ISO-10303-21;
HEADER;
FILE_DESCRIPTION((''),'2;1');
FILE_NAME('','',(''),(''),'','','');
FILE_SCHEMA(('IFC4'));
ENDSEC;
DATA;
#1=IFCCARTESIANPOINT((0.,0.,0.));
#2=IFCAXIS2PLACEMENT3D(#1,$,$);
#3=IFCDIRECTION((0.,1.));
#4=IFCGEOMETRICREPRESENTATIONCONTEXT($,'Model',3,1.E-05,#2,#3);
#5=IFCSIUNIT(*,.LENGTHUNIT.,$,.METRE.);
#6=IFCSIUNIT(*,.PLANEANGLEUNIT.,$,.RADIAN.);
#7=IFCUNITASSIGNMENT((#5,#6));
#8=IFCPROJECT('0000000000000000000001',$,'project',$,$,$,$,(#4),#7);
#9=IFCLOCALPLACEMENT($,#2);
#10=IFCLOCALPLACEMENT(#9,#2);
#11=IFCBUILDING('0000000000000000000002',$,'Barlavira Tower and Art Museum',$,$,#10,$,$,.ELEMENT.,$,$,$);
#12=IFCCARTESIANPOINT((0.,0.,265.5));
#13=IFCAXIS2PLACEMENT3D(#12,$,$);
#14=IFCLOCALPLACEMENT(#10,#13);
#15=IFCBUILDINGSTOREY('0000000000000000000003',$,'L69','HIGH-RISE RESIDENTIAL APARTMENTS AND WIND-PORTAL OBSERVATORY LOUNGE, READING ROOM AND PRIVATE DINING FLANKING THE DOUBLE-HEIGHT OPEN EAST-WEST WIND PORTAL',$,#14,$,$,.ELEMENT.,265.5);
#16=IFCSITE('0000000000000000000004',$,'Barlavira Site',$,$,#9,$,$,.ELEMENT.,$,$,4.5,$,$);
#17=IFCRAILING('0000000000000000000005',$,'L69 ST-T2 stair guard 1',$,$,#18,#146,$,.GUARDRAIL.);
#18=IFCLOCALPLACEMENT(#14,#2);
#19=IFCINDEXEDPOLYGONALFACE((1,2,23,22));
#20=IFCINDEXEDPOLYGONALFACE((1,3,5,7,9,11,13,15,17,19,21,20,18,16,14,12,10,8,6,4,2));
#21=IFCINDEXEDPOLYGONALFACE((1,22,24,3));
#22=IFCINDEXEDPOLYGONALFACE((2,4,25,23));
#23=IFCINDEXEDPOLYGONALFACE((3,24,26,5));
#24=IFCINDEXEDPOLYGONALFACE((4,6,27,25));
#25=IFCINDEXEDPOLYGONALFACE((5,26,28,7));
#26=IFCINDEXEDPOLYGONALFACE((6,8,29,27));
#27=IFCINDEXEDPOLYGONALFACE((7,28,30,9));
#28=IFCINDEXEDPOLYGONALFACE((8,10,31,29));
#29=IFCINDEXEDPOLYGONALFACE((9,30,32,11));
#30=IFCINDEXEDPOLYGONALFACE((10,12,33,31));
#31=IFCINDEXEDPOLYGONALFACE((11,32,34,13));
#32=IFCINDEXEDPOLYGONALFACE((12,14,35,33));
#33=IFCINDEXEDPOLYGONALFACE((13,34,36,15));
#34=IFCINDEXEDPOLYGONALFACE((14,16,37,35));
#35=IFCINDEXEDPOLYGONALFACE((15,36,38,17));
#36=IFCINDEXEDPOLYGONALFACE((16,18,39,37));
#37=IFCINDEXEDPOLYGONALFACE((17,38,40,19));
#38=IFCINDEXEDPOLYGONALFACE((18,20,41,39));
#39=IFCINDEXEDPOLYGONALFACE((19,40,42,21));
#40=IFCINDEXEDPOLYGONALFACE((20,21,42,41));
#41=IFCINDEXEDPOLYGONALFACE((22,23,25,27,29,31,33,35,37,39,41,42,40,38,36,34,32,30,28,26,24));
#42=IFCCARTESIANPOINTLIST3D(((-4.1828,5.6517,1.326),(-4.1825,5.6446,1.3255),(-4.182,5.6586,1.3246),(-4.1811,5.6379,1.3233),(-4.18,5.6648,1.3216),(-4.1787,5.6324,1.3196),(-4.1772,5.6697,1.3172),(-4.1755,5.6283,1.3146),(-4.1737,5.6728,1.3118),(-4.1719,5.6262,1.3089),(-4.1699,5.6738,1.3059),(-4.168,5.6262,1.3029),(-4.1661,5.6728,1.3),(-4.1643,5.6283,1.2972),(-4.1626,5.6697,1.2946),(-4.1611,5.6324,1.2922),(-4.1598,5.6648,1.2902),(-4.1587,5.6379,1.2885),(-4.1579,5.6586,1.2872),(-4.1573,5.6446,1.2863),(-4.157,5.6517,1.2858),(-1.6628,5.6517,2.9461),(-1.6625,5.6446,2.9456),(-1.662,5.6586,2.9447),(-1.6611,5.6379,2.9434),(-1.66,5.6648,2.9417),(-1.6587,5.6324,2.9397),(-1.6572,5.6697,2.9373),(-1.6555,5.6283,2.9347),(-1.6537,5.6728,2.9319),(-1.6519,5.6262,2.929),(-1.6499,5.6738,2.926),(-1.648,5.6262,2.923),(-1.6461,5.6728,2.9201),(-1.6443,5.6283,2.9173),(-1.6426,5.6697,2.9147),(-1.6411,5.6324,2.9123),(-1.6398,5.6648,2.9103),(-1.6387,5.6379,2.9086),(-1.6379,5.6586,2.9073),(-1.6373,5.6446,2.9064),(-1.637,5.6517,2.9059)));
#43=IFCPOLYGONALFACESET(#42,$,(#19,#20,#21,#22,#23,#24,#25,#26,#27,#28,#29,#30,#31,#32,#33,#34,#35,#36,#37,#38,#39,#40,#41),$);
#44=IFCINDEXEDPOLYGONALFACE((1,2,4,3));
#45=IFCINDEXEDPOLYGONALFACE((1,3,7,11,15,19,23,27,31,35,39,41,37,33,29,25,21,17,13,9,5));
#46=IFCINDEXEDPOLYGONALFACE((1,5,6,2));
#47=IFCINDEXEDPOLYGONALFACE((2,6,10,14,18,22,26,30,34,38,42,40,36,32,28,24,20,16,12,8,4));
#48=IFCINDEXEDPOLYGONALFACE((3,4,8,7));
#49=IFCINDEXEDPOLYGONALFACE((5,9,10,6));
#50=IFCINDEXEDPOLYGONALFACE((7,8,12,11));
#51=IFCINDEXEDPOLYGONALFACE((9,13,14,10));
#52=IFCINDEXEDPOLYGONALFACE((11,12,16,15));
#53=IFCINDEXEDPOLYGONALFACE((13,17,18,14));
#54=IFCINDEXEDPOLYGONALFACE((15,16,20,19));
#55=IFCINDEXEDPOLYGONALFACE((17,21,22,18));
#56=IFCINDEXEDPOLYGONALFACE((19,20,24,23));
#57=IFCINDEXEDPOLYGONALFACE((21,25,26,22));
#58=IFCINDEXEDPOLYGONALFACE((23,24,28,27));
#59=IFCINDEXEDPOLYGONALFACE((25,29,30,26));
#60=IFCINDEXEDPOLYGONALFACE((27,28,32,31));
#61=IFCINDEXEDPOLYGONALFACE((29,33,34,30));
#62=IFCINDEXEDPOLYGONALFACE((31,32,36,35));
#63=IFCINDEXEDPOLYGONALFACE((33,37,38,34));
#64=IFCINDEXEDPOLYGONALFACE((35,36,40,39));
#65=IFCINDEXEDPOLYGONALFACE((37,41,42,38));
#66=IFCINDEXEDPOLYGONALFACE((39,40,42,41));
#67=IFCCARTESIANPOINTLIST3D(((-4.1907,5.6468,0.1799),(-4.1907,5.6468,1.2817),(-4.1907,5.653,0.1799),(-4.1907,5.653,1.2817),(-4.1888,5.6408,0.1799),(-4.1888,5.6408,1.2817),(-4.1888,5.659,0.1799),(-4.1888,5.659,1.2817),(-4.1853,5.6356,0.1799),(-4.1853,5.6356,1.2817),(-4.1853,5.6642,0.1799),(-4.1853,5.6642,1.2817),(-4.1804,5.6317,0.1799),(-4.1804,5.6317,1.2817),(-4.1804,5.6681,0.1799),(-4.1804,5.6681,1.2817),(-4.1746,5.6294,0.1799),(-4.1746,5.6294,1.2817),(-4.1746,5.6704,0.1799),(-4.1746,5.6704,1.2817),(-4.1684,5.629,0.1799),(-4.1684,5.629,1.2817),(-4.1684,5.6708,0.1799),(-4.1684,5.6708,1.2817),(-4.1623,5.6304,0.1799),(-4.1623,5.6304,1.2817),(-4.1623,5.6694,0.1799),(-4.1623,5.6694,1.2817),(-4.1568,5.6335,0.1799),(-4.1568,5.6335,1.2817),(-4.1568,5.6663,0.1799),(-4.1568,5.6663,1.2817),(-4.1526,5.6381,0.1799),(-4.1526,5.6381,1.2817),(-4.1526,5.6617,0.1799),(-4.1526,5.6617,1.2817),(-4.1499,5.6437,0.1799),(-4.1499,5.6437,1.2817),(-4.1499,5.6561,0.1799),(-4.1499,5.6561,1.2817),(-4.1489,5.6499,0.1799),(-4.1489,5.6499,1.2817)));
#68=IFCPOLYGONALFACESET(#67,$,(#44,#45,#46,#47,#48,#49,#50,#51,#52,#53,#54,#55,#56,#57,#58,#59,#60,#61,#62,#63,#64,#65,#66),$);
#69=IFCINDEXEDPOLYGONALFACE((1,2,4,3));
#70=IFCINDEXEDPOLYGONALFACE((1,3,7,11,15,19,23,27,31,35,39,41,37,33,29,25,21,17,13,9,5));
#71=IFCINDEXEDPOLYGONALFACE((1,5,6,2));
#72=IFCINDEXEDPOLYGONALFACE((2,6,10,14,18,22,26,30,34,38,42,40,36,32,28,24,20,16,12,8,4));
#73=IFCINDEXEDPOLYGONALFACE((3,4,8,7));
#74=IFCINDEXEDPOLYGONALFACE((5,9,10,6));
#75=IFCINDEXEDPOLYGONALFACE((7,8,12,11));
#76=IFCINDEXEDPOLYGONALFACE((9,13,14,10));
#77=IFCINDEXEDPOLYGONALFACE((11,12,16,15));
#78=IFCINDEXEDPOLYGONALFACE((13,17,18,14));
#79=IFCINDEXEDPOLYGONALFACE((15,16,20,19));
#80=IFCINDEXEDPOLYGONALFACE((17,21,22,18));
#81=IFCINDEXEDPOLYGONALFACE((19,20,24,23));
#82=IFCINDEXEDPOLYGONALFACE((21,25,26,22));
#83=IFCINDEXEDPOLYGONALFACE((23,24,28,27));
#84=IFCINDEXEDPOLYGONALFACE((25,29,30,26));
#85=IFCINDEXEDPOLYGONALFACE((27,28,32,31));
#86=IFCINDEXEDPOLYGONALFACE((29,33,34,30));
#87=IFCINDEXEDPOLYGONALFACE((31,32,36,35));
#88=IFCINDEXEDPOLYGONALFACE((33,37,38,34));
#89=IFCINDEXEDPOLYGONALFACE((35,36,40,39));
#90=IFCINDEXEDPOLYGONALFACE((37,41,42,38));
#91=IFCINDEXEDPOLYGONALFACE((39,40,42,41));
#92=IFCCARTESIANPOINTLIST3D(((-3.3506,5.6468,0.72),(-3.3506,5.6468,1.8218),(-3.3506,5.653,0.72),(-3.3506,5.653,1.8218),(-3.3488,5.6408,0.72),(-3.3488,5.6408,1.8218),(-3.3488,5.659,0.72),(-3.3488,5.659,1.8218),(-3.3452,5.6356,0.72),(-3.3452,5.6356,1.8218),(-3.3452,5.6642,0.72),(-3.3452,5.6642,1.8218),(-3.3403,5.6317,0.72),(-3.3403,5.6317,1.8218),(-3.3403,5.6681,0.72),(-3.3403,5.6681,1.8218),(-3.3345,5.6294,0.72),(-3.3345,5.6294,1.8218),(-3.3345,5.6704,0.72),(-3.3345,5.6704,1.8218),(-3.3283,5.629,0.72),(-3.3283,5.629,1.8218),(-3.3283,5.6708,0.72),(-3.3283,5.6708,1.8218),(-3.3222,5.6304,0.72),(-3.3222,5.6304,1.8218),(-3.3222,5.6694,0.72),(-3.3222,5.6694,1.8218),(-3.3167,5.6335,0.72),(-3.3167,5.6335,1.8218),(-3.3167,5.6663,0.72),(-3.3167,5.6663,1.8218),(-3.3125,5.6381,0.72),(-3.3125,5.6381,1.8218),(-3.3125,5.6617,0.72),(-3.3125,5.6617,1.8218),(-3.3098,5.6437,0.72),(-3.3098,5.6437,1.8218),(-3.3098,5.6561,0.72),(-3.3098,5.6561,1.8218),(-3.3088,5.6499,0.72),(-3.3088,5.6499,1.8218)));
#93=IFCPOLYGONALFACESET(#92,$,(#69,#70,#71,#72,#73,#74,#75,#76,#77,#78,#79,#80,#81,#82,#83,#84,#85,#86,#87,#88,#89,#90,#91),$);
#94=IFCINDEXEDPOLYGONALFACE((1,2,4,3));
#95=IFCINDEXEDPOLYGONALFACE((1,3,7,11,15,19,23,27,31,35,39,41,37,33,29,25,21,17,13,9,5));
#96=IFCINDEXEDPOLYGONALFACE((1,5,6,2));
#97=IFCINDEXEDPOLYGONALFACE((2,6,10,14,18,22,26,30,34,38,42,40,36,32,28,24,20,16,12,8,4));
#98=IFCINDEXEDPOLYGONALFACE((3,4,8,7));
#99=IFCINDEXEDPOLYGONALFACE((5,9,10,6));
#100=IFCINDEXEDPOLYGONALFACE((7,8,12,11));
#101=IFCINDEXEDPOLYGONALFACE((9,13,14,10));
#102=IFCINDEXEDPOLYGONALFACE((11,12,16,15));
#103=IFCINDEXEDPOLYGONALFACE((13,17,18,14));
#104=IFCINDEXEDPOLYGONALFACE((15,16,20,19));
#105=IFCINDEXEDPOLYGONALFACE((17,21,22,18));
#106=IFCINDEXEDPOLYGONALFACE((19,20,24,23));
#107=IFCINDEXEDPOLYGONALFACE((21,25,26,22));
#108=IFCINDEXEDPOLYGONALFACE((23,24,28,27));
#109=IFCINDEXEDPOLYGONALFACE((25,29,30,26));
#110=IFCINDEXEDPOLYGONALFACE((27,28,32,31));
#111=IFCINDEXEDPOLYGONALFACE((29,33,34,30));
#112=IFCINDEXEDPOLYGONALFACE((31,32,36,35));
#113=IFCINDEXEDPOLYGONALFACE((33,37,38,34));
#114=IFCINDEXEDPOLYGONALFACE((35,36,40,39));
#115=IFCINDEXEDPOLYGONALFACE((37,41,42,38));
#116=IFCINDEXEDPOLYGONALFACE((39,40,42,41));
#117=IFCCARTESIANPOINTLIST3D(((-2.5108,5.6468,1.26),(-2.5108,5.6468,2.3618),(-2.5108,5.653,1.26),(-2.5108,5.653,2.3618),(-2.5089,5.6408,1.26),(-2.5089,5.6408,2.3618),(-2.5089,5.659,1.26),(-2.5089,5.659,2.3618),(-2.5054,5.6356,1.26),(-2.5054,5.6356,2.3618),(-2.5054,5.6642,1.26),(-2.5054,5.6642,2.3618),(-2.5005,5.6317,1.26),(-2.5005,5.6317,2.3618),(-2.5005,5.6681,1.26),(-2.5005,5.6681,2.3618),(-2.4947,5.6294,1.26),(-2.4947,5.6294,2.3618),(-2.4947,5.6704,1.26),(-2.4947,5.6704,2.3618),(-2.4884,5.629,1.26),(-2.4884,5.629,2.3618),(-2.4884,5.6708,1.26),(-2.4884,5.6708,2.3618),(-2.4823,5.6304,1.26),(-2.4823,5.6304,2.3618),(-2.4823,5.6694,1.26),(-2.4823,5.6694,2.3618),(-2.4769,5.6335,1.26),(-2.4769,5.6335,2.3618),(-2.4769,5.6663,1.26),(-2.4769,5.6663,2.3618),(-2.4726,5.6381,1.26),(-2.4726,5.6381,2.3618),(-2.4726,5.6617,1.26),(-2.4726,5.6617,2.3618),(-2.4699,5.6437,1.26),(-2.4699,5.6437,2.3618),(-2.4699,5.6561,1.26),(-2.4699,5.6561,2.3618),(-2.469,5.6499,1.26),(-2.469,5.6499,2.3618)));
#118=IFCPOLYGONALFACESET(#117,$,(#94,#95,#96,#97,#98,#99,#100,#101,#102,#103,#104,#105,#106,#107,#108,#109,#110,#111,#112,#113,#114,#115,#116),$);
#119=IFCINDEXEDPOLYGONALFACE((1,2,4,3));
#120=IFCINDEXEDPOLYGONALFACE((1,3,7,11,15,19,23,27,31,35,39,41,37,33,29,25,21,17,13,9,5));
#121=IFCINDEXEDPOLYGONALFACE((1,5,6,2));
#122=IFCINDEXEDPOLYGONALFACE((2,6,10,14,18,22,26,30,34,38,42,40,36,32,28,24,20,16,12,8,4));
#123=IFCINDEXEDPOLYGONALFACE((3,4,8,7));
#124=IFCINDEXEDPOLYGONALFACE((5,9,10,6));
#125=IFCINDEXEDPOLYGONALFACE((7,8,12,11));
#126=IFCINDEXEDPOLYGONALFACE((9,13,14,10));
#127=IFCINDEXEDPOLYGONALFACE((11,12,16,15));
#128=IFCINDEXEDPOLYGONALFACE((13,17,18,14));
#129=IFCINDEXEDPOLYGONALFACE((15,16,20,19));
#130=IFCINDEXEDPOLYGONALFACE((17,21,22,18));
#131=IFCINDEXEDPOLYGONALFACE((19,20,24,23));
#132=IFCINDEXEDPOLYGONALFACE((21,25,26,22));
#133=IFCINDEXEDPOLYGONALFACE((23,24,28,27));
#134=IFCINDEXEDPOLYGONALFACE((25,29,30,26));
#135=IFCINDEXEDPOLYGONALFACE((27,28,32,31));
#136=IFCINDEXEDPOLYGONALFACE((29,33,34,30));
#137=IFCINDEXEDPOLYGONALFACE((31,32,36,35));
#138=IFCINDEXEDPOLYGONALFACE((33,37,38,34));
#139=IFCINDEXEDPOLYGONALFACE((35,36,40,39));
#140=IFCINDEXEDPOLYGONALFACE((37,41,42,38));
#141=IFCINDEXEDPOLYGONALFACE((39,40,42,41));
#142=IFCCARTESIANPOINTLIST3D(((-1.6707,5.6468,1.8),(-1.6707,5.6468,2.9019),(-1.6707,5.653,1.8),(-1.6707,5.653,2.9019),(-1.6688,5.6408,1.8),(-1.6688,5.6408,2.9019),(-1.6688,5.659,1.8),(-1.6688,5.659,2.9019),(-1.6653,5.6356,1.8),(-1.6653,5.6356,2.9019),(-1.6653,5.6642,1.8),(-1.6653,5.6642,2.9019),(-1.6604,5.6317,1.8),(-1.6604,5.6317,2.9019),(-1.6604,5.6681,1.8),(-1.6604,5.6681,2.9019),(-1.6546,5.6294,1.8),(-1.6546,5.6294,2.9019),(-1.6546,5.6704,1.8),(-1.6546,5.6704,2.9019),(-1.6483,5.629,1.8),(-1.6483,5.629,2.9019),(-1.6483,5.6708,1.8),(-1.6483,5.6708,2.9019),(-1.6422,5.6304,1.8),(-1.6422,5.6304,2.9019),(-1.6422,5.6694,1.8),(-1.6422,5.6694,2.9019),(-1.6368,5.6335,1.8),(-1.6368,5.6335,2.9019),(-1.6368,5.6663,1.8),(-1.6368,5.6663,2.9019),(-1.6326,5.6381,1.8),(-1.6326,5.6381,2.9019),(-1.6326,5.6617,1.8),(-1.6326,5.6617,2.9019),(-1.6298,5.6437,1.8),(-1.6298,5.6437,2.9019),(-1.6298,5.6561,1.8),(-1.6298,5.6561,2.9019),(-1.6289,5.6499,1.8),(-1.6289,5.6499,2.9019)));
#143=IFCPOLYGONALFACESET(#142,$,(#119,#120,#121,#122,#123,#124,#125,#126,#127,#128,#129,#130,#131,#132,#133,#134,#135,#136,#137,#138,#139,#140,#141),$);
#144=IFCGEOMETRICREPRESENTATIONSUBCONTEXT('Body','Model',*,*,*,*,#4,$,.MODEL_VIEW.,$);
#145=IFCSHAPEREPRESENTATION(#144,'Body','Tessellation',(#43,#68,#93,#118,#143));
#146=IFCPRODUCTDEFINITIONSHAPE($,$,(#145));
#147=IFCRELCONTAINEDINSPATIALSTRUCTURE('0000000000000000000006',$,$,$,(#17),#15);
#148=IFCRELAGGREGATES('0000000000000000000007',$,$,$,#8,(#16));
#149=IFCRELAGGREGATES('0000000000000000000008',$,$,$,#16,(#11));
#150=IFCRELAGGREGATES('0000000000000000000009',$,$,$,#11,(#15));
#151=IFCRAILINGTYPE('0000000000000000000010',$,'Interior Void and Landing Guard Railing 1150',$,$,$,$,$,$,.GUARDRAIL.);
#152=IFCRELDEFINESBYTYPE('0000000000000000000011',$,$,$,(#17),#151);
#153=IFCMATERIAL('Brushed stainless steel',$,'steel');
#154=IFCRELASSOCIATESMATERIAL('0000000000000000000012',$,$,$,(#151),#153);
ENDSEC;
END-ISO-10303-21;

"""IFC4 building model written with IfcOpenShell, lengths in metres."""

from ifc_helpers import new_model, si_unit, direction, frame, origin, origin_2d, place, context, subcontext, project, spatial, circle, extrude, material, type_object, element, save


model = new_model("IFC4")

# Units and contexts
model_context = context("Model", 3, precision=1e-05, world=origin(), true_north=direction((0.0, 1.0)))
body_context = subcontext(model_context, "Body", "Model", "MODEL_VIEW")
ifc_project = project(units=[si_unit("LENGTHUNIT", "METRE"), si_unit("PLANEANGLEUNIT", "RADIAN")], contexts=[model_context])

# Site, building, storey
site_placement = place(None, origin())
site = spatial("IfcSite", under=ifc_project, at=site_placement, Name="Barlavira Site", CompositionType="ELEMENT", RefElevation=4.5)
building_placement = place(site_placement, origin())
building = spatial("IfcBuilding", under=site, at=building_placement, Name="Barlavira Tower and Art Museum", CompositionType="ELEMENT")
storey_placement = place(building_placement, frame((0.0, 0.0, 265.5)))
storey = spatial("IfcBuildingStorey", under=building, at=storey_placement, Name="L69", Description="HIGH-RISE RESIDENTIAL APARTMENTS AND WIND-PORTAL OBSERVATORY LOUNGE, READING ROOM AND PRIVATE DINING FLANKING THE DOUBLE-HEIGHT OPEN EAST-WEST WIND PORTAL", CompositionType="ELEMENT", Elevation=265.5)

# Shared definitions
ifc_material_1 = material(Name="Brushed stainless steel", Category="steel")

# Railing
railing_type_1 = type_object("IfcRailingType", Name="Interior Void and Landing Guard Railing 1150", PredefinedType="GUARDRAIL", material=ifc_material_1)
railing_1_placement = place(storey_placement, frame((-4.1699, 5.6499, 0.1799)))
element("IfcRailing", 1, at=railing_1_placement, inside=storey, type_object=railing_type_1, Name="L69 ST-T2 stair guard 1", PredefinedType="GUARDRAIL", context=body_context, shape_type="SweptSolid", body=[
    extrude(circle(Radius=0.0239, at=origin_2d()), frame((0.0, 0.0, 1.126), z_axis=(0.841163, 0.0, 0.540782), x_axis=(0.0, 1.0, 0.0)), (0.0, 0.0, 1.0), 2.9958),
    extrude(circle(Radius=0.021, at=origin_2d()), origin(), (0.0, 0.0, 1.0), 1.1018),
    extrude(circle(Radius=0.021, at=origin_2d()), frame((0.8401, 0.0, 0.54)), (0.0, 0.0, 1.0), 1.1018),
    extrude(circle(Radius=0.021, at=origin_2d()), frame((1.6799, 0.0, 1.0801)), (0.0, 0.0, 1.0), 1.1018),
    extrude(circle(Radius=0.021, at=origin_2d()), frame((2.52, 0.0, 1.6201)), (0.0, 0.0, 1.0), 1.1018),
])

save(model, "model.ifc")
